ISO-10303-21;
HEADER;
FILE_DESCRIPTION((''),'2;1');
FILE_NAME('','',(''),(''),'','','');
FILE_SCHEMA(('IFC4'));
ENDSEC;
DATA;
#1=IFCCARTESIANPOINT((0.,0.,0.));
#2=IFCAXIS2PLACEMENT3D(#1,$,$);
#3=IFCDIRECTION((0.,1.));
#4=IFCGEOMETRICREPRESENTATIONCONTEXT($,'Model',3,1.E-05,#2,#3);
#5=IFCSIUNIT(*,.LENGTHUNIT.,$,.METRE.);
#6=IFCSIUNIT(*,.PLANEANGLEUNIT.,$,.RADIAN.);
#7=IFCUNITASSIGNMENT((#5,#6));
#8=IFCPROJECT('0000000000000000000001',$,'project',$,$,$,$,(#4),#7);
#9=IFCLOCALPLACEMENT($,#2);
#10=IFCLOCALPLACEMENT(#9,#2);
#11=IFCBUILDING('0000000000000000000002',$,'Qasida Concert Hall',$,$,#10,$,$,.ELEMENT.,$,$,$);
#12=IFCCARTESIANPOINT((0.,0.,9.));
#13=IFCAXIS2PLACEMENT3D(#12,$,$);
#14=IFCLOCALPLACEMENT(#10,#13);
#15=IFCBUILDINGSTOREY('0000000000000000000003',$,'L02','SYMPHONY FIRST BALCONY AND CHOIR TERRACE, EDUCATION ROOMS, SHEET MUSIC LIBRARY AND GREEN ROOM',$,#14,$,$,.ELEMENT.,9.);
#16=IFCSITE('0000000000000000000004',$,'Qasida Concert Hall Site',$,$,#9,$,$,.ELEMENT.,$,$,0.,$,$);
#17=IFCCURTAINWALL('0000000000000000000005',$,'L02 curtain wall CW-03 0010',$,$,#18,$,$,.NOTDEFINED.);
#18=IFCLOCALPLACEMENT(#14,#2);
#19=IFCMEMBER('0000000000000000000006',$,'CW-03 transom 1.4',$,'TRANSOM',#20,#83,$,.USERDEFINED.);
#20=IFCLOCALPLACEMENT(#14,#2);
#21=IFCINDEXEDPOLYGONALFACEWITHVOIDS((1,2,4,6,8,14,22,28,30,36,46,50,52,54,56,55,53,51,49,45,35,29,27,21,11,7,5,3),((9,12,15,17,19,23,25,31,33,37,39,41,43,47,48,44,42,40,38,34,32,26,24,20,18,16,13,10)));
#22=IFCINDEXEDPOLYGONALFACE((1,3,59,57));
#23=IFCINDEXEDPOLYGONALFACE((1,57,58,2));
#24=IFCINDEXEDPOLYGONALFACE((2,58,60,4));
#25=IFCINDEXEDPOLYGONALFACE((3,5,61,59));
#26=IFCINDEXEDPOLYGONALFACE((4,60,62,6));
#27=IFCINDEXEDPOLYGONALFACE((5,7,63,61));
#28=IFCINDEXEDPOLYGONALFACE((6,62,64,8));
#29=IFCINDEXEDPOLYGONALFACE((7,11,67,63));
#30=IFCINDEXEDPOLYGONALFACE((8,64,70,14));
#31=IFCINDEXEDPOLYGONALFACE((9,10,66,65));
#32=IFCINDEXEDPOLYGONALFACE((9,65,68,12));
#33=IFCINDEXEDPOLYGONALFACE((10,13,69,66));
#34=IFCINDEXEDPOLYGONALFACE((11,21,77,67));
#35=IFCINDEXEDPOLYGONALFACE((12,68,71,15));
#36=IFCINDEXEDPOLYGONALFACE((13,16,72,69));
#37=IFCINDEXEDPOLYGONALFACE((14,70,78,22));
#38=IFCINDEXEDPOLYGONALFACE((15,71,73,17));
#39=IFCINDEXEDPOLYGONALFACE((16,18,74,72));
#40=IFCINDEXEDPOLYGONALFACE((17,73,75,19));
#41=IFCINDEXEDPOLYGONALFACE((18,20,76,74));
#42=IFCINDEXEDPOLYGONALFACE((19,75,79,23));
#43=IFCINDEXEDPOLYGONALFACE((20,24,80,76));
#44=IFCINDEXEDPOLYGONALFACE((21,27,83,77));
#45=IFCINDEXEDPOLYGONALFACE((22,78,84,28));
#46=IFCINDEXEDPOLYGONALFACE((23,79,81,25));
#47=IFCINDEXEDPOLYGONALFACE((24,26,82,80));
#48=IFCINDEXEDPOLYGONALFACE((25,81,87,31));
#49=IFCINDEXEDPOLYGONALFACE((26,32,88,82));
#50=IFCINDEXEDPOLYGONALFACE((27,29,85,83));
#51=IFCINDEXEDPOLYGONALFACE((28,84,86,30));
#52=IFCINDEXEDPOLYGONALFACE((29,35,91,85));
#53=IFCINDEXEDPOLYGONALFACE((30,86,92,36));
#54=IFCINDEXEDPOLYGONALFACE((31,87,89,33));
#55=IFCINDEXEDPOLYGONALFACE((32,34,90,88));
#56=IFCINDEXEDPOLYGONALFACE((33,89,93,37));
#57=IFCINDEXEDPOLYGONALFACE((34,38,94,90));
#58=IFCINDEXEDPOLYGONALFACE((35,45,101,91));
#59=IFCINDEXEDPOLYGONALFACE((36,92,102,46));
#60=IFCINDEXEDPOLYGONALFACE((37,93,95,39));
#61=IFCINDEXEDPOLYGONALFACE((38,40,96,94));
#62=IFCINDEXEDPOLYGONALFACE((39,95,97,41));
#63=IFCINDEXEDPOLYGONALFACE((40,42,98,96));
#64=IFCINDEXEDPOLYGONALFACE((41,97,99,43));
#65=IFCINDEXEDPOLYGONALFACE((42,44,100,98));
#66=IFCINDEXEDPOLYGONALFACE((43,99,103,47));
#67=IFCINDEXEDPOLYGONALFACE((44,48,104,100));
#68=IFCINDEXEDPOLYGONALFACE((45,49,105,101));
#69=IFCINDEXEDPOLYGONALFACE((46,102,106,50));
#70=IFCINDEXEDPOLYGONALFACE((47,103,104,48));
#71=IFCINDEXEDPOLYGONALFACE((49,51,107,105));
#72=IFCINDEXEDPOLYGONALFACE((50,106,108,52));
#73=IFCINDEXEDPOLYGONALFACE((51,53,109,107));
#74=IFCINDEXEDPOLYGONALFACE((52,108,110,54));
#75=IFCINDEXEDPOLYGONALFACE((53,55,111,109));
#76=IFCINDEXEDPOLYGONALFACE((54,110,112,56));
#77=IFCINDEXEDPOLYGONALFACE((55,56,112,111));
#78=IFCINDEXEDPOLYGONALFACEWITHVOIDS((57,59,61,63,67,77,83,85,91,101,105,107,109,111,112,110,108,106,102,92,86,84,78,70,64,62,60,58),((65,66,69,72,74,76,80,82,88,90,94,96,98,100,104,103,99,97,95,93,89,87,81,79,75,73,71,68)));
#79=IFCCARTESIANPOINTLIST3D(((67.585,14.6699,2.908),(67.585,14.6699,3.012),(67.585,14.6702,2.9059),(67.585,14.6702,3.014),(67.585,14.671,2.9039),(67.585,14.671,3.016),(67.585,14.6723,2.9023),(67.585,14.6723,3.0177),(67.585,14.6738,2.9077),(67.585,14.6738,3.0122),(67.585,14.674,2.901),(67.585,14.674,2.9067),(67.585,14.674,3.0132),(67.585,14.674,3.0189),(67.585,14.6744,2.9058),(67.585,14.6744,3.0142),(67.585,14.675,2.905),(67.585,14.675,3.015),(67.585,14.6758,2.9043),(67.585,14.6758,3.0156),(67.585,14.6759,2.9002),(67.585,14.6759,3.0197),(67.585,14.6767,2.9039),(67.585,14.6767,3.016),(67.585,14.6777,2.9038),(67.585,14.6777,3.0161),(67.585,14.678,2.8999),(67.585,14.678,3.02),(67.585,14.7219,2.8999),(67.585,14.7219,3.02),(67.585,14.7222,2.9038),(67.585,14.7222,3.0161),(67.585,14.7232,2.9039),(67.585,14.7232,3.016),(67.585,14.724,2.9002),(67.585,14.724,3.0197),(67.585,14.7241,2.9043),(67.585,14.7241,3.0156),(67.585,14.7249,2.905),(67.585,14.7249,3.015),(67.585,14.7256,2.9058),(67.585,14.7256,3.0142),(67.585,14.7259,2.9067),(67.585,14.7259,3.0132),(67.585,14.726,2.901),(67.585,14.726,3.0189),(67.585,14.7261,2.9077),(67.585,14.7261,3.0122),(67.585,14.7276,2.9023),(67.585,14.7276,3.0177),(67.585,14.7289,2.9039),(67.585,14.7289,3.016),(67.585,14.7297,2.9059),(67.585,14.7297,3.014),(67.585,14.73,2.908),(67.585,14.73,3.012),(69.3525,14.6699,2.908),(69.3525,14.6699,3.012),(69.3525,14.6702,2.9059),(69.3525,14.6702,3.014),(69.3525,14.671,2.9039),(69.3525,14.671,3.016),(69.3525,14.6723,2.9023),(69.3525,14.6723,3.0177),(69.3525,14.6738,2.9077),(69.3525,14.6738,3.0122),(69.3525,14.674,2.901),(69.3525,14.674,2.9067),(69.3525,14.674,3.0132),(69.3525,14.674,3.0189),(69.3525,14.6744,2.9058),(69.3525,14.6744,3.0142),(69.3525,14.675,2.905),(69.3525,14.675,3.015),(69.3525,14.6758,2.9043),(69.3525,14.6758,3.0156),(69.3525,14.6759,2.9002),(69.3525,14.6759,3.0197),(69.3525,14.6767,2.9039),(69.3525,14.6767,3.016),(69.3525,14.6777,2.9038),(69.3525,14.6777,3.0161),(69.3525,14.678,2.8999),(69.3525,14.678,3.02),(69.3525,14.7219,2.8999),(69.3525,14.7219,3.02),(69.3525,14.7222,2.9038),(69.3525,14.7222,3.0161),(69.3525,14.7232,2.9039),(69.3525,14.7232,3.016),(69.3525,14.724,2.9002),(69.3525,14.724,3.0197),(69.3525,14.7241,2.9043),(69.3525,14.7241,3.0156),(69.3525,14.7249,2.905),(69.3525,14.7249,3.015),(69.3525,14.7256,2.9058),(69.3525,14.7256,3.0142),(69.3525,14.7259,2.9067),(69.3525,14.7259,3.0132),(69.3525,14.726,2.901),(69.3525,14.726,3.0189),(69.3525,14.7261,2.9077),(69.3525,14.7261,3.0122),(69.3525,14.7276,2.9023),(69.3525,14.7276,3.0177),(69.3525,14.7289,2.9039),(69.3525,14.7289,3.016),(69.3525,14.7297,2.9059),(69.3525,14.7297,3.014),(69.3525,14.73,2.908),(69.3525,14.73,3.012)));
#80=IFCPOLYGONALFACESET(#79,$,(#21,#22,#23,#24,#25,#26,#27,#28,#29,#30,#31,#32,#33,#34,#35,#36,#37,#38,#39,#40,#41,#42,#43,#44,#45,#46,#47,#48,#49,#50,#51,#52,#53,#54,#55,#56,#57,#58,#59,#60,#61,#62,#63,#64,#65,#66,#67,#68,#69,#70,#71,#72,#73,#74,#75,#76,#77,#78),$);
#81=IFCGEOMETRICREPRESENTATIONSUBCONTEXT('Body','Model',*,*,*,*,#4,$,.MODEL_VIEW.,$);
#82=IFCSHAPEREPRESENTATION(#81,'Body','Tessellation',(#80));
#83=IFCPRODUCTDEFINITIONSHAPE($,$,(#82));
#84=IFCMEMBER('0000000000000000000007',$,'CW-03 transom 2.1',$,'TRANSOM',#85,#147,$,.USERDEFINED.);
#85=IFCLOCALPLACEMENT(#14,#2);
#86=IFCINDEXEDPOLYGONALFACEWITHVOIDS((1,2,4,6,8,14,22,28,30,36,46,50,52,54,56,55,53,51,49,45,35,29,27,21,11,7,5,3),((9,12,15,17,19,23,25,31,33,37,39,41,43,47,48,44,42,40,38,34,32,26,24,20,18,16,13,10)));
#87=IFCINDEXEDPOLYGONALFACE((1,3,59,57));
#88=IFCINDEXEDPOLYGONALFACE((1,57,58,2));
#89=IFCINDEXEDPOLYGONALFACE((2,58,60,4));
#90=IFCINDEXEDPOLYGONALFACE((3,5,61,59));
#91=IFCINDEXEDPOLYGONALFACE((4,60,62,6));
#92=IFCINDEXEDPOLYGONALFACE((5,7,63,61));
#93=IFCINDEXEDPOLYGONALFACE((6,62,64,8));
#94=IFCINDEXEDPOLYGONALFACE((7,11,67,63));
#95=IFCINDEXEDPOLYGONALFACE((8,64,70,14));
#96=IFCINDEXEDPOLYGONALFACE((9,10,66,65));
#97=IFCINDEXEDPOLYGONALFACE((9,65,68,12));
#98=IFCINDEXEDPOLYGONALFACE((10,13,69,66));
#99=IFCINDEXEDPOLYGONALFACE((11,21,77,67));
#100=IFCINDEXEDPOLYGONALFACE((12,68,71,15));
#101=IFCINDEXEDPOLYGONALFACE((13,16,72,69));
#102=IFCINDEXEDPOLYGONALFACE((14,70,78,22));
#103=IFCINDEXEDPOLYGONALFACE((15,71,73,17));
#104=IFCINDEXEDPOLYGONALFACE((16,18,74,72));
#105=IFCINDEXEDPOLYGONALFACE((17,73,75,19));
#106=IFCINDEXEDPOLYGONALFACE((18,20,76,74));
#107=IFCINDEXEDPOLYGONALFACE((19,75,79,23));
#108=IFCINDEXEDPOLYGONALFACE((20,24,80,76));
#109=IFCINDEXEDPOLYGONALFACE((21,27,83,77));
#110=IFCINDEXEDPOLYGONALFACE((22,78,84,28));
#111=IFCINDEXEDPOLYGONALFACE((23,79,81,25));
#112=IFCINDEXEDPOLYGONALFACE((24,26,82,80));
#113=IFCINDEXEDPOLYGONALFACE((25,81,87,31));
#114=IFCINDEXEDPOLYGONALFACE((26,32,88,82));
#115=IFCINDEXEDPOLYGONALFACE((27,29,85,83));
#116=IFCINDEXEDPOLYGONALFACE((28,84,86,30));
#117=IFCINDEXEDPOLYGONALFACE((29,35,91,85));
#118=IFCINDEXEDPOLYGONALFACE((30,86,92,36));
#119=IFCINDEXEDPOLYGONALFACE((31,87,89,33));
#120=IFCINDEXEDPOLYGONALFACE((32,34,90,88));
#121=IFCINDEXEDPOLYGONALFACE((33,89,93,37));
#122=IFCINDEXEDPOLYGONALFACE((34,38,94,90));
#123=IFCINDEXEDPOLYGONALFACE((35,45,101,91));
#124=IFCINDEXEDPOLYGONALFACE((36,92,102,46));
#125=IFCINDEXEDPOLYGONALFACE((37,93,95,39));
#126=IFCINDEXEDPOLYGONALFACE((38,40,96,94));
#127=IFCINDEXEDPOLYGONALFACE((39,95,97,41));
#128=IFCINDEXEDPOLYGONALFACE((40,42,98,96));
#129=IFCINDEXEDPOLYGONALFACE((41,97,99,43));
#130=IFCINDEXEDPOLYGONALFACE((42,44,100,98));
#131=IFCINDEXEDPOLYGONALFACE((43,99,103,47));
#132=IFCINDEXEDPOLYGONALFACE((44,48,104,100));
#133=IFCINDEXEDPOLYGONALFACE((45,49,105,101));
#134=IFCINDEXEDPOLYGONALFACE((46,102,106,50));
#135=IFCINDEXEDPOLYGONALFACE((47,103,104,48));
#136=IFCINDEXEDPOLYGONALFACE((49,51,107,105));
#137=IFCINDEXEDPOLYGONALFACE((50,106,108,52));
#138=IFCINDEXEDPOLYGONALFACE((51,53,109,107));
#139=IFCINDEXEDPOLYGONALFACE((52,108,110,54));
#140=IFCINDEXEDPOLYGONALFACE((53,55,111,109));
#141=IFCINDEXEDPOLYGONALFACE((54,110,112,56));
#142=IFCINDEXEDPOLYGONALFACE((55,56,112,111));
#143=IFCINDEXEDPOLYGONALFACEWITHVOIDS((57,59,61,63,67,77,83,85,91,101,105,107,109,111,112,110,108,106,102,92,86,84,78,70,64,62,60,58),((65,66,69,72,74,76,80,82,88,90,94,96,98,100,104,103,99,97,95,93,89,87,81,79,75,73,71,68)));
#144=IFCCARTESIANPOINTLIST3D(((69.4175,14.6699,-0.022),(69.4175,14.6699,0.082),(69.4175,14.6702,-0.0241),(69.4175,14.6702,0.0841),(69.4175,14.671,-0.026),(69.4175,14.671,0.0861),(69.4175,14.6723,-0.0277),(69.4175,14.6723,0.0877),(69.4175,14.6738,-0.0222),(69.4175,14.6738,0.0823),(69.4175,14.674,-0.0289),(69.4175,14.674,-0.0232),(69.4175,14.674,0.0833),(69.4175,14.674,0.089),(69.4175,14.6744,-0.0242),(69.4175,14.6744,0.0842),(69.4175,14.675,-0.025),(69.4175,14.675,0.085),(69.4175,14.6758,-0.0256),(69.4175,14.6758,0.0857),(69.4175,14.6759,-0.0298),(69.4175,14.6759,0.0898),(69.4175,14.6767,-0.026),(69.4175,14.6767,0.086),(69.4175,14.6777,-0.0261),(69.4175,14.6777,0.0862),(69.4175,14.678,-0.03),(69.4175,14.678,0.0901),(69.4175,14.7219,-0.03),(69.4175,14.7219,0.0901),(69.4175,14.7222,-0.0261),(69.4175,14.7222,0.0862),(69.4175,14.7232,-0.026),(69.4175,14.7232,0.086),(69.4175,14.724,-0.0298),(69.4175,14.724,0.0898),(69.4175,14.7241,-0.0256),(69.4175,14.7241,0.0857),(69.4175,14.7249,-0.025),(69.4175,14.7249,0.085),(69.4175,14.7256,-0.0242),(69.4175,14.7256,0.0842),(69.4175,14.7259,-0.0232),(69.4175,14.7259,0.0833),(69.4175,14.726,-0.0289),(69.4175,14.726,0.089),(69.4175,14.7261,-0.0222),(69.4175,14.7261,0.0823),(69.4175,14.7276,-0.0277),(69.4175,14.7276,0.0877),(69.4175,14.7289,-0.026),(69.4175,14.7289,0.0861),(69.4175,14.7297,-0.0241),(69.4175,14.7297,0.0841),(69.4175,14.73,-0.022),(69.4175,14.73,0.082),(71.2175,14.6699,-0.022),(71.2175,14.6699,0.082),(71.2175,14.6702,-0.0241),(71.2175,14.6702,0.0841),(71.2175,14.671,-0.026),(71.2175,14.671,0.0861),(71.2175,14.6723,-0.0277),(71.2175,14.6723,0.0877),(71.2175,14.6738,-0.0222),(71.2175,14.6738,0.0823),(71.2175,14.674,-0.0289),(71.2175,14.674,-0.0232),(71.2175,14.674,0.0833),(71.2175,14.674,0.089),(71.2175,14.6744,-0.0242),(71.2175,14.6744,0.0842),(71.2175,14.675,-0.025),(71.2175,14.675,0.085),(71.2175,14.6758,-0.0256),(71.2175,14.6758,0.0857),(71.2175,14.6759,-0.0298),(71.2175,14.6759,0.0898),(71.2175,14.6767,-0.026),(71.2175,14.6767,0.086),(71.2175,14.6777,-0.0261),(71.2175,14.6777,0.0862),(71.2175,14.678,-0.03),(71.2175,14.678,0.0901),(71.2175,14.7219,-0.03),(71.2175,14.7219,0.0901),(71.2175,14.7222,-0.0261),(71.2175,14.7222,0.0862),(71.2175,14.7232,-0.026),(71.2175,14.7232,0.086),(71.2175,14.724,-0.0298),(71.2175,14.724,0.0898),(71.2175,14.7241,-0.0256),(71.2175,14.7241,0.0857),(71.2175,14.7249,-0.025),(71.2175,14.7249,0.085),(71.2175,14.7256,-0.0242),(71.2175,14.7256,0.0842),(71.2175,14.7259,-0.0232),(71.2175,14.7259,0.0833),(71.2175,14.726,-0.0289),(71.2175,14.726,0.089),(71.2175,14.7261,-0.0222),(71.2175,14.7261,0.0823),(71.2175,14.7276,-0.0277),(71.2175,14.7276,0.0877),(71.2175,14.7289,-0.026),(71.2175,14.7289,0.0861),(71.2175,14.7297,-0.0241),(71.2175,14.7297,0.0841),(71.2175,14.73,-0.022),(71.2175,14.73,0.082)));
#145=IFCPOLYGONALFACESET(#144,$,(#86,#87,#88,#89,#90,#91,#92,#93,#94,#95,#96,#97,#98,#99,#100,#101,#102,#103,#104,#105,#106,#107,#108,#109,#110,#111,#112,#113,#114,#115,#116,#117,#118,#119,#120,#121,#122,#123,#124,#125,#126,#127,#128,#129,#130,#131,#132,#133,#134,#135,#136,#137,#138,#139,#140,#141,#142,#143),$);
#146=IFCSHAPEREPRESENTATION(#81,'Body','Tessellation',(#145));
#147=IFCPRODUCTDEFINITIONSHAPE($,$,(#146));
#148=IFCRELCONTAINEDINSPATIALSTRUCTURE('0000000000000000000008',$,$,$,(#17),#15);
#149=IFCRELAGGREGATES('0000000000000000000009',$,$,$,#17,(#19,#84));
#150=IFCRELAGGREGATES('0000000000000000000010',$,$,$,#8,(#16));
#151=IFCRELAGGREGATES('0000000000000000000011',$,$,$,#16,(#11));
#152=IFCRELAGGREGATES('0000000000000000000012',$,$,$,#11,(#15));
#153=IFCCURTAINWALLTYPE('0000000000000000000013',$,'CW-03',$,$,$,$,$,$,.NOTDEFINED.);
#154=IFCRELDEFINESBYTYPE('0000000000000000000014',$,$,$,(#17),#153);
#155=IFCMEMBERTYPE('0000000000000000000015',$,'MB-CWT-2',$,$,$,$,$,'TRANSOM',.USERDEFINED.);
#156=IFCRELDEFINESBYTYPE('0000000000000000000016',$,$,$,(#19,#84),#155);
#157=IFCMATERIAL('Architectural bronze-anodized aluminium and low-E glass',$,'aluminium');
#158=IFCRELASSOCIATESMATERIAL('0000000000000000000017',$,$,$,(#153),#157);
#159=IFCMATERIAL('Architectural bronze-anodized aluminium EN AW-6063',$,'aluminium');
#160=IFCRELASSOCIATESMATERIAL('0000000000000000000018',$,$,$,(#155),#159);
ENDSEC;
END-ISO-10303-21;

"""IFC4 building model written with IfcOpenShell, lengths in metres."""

from ifc_helpers import new_model, si_unit, direction, frame, origin, origin_2d, place, context, subcontext, project, spatial, hollow_rectangle, extrude, material, material_profile, profile_set, type_object, element, aggregate, save


model = new_model("IFC4")

# Units and contexts
model_context = context("Model", 3, precision=1e-05, world=origin(), true_north=direction((0.0, 1.0)))
body_context = subcontext(model_context, "Body", "Model", "MODEL_VIEW")
ifc_project = project(units=[si_unit("LENGTHUNIT", "METRE"), si_unit("PLANEANGLEUNIT", "RADIAN")], contexts=[model_context])

# Site, building, storey
site_placement = place(None, origin())
site = spatial("IfcSite", under=ifc_project, at=site_placement, Name="Qasida Concert Hall Site", CompositionType="ELEMENT", RefElevation=0.0)
building_placement = place(site_placement, origin())
building = spatial("IfcBuilding", under=site, at=building_placement, Name="Qasida Concert Hall", CompositionType="ELEMENT")
storey_placement = place(building_placement, frame((0.0, 0.0, 9.0)))
storey = spatial("IfcBuildingStorey", under=building, at=storey_placement, Name="L02", Description="SYMPHONY FIRST BALCONY AND CHOIR TERRACE, EDUCATION ROOMS, SHEET MUSIC LIBRARY AND GREEN ROOM", CompositionType="ELEMENT", Elevation=9.0)

# Curtain wall, members
ifc_material_1 = material(Name="Architectural bronze-anodized aluminium and low-E glass", Category="aluminium")
curtain_wall_type = type_object("IfcCurtainWallType", Name="CW-03", PredefinedType="NOTDEFINED", material=ifc_material_1)
curtain_wall_placement = place(storey_placement, origin())
curtain_wall = element("IfcCurtainWall", 1, at=curtain_wall_placement, inside=storey, type_object=curtain_wall_type, Name="L02 curtain wall CW-03 0010", PredefinedType="NOTDEFINED")
ifc_material_2 = material(Name="Architectural bronze-anodized aluminium EN AW-6063", Category="aluminium")
ifc_material_profile_1 = material_profile(ifc_material_2, hollow_rectangle(XDim=0.0601, YDim=0.1201, WallThickness=0.0039, InnerFilletRadius=0.0039, OuterFilletRadius=0.0081, at=origin_2d()), Name="CWT 120x60x4")
ifc_profile_set_1 = profile_set([ifc_material_profile_1], Name="Architectural bronze-anodized aluminium EN AW-6063")
member_type_1 = type_object("IfcMemberType", Name="MB-CWT-2", ElementType="TRANSOM", PredefinedType="USERDEFINED", material=ifc_profile_set_1)
member_1_placement = place(storey_placement, frame((67.585, 14.7, 2.96), z_axis=(1.0, 0.0, 0.0), x_axis=(0.0, 1.0, 0.0)))
member_1 = element("IfcMember", 2, at=member_1_placement, type_object=member_type_1, Name="CW-03 transom 1.4", ObjectType="TRANSOM", PredefinedType="USERDEFINED", context=body_context, shape_type="SweptSolid", body=[
    extrude(hollow_rectangle(XDim=0.0601, YDim=0.1201, WallThickness=0.0039, InnerFilletRadius=0.0039, OuterFilletRadius=0.0081, at=origin_2d()), origin(), (0.0, 0.0, 1.0), 1.7676),
])
member_2_placement = place(storey_placement, frame((69.4175, 14.7, 0.03), z_axis=(1.0, 0.0, 0.0), x_axis=(0.0, 1.0, 0.0)))
member_2 = element("IfcMember", 3, at=member_2_placement, type_object=member_type_1, Name="CW-03 transom 2.1", ObjectType="TRANSOM", PredefinedType="USERDEFINED", context=body_context, shape_type="SweptSolid", body=[
    extrude(hollow_rectangle(XDim=0.0601, YDim=0.1201, WallThickness=0.0039, InnerFilletRadius=0.0039, OuterFilletRadius=0.0081, at=origin_2d()), origin(), (0.0, 0.0, 1.0), 1.8),
])
aggregate(curtain_wall, [member_1, member_2])

save(model, "model.ifc")
